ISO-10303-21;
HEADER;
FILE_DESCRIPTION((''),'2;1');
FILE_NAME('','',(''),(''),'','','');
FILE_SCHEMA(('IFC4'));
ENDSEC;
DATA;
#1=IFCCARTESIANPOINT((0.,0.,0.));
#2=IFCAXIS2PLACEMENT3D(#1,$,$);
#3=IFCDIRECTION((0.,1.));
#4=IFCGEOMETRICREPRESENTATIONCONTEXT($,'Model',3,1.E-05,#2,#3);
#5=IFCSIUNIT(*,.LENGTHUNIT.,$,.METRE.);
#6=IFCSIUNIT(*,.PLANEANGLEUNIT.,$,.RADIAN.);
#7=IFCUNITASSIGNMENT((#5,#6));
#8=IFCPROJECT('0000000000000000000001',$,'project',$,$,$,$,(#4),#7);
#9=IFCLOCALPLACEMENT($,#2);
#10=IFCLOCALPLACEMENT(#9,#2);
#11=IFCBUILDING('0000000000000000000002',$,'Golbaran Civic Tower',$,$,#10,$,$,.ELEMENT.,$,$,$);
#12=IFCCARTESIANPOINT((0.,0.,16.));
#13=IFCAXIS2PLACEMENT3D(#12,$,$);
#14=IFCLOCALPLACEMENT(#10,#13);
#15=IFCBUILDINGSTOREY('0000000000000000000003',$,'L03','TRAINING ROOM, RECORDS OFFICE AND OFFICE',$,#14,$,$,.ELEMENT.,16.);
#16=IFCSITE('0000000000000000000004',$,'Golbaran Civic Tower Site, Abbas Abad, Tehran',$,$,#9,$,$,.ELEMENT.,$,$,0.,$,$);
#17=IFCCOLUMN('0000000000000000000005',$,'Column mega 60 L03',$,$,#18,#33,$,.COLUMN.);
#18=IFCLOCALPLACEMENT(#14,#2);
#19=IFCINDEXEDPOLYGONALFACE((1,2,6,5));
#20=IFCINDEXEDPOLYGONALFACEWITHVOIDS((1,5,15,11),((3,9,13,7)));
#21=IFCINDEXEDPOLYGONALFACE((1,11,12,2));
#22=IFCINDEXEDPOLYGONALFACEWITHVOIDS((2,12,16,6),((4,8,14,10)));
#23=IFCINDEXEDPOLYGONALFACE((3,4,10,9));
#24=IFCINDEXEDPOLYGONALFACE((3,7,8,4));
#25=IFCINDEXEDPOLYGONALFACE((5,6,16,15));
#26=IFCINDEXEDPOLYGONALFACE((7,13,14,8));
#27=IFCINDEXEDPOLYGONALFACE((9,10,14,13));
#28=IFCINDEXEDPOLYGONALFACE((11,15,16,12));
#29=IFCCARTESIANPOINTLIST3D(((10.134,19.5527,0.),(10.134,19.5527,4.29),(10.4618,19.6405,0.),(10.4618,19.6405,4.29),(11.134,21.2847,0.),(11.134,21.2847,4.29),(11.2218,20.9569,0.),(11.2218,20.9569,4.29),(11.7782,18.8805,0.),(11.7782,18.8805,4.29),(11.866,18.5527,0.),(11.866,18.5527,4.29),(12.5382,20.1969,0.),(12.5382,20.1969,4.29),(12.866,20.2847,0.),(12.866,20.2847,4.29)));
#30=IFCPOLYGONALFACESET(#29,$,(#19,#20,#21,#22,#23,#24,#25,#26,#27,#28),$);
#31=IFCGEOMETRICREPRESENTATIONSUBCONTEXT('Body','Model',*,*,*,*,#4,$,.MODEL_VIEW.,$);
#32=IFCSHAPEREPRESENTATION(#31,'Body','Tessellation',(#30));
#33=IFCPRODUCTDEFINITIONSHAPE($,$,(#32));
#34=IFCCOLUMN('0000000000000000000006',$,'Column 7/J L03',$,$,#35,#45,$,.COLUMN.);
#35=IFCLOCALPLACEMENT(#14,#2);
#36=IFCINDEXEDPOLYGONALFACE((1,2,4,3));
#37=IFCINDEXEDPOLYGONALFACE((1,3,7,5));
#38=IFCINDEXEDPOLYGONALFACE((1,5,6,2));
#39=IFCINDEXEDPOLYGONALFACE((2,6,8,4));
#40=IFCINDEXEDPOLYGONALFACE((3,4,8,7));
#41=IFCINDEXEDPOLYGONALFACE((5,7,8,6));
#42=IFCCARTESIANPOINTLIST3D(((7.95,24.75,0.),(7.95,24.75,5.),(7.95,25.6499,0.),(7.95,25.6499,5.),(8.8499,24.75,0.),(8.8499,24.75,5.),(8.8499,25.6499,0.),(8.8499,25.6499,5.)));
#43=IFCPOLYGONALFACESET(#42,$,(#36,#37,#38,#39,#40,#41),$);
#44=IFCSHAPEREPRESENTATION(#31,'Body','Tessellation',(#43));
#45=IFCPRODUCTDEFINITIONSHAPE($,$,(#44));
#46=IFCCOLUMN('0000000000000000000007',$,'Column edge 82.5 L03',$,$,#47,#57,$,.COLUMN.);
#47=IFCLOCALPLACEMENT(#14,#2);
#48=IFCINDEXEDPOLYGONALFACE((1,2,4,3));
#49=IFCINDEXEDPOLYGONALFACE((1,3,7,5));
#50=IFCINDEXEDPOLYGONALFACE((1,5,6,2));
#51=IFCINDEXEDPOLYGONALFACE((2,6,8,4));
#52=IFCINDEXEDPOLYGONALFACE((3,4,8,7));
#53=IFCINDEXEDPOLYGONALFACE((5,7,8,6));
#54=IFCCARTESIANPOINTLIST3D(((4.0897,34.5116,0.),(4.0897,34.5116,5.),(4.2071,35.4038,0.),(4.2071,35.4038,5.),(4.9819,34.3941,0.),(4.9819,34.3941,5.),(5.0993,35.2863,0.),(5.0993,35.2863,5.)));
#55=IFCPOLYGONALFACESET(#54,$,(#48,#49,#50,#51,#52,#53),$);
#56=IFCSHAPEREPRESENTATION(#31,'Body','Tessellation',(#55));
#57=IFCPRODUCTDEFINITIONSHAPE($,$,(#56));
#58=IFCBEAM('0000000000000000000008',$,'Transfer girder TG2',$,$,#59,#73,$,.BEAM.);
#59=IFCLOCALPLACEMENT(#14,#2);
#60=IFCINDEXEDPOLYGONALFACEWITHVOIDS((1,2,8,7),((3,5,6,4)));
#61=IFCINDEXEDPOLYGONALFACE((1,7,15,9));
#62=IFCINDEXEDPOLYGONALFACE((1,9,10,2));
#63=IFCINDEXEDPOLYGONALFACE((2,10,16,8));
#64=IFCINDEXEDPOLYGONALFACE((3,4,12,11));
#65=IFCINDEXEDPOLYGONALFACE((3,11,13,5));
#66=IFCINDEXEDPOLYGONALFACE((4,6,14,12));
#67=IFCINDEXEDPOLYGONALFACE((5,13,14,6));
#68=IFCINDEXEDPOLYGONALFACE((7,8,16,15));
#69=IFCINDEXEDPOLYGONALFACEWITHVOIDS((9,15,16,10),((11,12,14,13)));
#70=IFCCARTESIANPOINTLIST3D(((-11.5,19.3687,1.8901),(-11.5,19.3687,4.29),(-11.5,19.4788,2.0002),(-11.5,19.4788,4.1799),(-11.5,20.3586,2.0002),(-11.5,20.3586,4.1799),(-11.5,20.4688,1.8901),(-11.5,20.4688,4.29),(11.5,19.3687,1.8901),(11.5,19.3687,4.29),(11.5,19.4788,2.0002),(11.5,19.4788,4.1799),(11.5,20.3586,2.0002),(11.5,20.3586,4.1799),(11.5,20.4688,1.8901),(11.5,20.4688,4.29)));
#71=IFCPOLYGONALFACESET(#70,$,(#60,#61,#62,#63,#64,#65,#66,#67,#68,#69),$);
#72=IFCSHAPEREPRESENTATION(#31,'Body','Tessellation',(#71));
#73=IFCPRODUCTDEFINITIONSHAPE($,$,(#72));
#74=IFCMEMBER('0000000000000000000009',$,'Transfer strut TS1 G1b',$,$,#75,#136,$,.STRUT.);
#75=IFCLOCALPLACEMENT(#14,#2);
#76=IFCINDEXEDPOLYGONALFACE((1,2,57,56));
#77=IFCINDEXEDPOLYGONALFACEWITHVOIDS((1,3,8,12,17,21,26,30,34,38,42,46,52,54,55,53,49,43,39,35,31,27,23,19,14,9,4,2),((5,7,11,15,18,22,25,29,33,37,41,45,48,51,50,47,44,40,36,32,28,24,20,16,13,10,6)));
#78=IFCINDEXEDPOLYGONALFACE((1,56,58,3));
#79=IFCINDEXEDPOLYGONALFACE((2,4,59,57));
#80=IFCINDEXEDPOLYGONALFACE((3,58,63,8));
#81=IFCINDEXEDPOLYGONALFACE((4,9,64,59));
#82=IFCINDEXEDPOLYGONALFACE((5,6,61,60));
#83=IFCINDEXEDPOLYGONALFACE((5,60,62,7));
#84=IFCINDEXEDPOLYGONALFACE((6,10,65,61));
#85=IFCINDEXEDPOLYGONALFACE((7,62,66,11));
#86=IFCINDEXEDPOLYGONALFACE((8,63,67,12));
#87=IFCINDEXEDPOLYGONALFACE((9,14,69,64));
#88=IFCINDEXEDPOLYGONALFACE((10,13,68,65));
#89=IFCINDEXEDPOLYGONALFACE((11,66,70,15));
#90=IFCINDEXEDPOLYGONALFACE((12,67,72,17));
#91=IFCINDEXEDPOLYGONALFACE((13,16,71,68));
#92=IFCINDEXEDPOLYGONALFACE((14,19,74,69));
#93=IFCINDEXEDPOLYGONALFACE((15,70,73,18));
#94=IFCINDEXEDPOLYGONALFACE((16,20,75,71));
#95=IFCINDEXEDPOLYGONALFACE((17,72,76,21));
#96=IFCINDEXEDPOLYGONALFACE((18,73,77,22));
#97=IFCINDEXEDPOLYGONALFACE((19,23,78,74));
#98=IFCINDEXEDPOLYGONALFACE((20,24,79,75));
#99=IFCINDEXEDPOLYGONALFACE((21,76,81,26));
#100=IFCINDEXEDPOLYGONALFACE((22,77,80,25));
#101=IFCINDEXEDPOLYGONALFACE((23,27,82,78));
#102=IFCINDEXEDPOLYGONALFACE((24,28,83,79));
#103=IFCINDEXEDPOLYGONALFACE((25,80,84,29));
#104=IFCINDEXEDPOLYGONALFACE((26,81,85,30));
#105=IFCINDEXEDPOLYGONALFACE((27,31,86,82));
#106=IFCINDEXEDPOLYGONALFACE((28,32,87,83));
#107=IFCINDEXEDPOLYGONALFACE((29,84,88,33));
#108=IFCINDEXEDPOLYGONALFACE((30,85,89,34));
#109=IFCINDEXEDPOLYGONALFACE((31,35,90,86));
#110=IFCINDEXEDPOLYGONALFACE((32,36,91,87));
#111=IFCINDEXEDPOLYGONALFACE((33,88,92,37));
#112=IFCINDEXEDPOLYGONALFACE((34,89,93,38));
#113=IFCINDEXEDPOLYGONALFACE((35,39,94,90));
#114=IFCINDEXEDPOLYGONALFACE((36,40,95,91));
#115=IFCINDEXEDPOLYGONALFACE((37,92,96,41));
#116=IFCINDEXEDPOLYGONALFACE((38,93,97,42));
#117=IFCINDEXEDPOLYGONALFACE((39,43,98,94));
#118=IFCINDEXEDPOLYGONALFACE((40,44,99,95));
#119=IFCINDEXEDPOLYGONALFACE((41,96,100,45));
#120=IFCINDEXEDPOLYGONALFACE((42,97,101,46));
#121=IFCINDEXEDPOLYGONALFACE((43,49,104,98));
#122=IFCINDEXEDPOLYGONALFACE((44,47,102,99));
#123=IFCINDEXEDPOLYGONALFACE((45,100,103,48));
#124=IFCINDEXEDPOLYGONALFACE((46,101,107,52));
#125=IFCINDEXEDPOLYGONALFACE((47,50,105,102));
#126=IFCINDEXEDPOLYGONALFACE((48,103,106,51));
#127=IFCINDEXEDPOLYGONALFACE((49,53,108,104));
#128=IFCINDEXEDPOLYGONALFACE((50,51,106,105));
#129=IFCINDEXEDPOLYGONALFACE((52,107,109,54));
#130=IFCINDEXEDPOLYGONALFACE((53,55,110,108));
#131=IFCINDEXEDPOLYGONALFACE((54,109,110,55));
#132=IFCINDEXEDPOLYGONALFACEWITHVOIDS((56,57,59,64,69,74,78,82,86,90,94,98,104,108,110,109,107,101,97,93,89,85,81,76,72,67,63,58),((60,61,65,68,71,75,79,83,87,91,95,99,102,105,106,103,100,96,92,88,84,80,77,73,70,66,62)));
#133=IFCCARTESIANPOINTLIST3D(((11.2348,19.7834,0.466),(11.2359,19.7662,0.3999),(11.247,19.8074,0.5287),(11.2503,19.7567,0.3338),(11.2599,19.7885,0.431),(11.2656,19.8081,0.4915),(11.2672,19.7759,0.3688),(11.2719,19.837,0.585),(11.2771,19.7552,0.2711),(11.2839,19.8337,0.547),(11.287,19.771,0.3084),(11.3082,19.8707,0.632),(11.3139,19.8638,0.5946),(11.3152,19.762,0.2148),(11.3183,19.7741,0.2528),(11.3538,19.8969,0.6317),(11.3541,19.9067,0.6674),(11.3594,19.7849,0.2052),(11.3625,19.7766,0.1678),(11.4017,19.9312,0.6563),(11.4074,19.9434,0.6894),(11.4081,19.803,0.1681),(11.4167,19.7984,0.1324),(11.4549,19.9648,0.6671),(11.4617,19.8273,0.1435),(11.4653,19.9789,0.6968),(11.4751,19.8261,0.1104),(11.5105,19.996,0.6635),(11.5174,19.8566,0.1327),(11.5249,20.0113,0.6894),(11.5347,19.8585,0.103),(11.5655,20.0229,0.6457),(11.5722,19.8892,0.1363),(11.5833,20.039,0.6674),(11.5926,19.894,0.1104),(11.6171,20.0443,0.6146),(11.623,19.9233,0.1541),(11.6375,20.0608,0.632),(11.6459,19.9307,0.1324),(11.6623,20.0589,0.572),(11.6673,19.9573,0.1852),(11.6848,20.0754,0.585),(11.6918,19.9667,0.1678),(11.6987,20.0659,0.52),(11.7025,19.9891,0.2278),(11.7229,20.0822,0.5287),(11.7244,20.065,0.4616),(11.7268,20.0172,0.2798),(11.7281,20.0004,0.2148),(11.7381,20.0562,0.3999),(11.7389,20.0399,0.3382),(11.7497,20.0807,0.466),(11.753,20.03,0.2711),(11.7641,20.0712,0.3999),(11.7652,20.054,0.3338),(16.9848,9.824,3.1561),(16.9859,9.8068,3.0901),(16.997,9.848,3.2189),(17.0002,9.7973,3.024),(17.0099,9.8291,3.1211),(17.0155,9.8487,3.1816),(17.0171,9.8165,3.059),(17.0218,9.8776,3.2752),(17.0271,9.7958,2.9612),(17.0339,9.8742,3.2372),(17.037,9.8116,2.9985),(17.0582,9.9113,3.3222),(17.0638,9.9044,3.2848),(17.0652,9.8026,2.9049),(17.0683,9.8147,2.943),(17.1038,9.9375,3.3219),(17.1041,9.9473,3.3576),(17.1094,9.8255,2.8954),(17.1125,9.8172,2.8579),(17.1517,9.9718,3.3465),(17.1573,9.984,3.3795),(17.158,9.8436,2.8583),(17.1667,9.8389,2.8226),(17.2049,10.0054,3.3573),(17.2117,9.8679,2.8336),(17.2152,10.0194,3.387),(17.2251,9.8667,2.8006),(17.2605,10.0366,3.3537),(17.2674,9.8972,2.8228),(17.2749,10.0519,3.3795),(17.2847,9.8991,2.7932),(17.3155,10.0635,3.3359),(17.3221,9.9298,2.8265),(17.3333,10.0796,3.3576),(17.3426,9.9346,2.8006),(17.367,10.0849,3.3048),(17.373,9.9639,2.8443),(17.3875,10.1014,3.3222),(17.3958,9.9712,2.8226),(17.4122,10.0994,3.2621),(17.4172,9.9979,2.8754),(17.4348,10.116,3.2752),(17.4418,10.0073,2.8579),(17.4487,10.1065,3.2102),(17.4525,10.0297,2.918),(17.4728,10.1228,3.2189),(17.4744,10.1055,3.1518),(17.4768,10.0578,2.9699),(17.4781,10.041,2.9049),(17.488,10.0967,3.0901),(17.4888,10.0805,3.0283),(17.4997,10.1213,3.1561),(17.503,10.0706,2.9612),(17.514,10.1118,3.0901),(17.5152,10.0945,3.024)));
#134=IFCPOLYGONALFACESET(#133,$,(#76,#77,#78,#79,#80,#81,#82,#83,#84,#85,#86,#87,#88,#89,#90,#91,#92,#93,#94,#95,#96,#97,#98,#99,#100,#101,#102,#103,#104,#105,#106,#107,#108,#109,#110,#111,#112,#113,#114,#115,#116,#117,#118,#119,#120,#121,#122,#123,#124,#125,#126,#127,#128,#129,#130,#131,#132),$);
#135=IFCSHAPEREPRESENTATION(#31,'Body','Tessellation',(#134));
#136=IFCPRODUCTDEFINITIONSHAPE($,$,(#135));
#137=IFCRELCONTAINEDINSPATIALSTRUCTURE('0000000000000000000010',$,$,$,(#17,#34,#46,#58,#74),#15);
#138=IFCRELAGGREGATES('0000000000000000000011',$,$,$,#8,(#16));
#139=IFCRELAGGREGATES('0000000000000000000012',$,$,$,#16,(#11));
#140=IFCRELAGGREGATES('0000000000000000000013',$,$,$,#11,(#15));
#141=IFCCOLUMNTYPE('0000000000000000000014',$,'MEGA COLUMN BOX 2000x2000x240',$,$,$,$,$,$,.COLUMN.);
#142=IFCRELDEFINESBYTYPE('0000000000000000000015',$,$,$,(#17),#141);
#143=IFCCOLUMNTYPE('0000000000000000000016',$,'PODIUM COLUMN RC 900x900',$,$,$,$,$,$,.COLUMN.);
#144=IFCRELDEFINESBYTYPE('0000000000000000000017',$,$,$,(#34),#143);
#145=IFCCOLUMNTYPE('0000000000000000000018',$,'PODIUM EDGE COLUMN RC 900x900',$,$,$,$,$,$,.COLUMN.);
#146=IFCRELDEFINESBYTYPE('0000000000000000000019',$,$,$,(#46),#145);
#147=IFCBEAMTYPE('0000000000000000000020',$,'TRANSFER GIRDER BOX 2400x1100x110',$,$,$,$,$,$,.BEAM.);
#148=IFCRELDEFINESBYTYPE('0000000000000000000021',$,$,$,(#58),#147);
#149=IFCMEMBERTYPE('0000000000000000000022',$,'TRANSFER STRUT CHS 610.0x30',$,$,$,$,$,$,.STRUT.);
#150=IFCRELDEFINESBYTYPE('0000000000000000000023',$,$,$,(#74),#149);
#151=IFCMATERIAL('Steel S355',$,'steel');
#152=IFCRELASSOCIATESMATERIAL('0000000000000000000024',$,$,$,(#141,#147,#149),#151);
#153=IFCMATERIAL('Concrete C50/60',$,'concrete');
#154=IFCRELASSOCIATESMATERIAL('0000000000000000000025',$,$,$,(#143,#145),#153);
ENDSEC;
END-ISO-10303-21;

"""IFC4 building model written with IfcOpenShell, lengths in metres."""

from ifc_helpers import new_model, si_unit, direction, frame, origin, origin_2d, place, context, subcontext, project, spatial, rectangle, hollow_rectangle, hollow_circle, extrude, material, material_profile, profile_set, type_object, element, save


model = new_model("IFC4")

# Units and contexts
model_context = context("Model", 3, precision=1e-05, world=origin(), true_north=direction((0.0, 1.0)))
body_context = subcontext(model_context, "Body", "Model", "MODEL_VIEW")
ifc_project = project(units=[si_unit("LENGTHUNIT", "METRE"), si_unit("PLANEANGLEUNIT", "RADIAN")], contexts=[model_context])

# Site, building, storey
site_placement = place(None, origin())
site = spatial("IfcSite", under=ifc_project, at=site_placement, Name="Golbaran Civic Tower Site, Abbas Abad, Tehran", CompositionType="ELEMENT", RefElevation=0.0)
building_placement = place(site_placement, origin())
building = spatial("IfcBuilding", under=site, at=building_placement, Name="Golbaran Civic Tower", CompositionType="ELEMENT")
storey_placement = place(building_placement, frame((0.0, 0.0, 16.0)))
storey = spatial("IfcBuildingStorey", under=building, at=storey_placement, Name="L03", Description="TRAINING ROOM, RECORDS OFFICE AND OFFICE", CompositionType="ELEMENT", Elevation=16.0)

# Columns
ifc_material_1 = material(Name="Steel S355", Category="steel")
ifc_material_profile_1 = material_profile(ifc_material_1, hollow_rectangle(XDim=2.0, YDim=2.0, WallThickness=0.24, at=origin_2d()), Name="BOX 2000x2000x240")
ifc_profile_set_1 = profile_set([ifc_material_profile_1], Name="Steel S355")
column_type_1 = type_object("IfcColumnType", Name="MEGA COLUMN BOX 2000x2000x240", PredefinedType="COLUMN", material=ifc_profile_set_1)
column_1_placement = place(storey_placement, frame((11.5, 19.9187, 0.0), z_axis=(0.0, 0.0, 1.0), x_axis=(0.5, 0.866025, 0.0)))
element("IfcColumn", 1, at=column_1_placement, inside=storey, type_object=column_type_1, Name="Column mega 60 L03", PredefinedType="COLUMN", context=body_context, shape_type="SweptSolid", body=[
    extrude(hollow_rectangle(XDim=2.0, YDim=2.0, WallThickness=0.24, at=origin_2d()), origin(), (0.0, 0.0, 1.0), 4.29),
])
ifc_material_2 = material(Name="Concrete C50/60", Category="concrete")
ifc_material_profile_2 = material_profile(ifc_material_2, rectangle(XDim=0.8999, YDim=0.8999, at=origin_2d()), Name="RC 900x900")
ifc_profile_set_2 = profile_set([ifc_material_profile_2], Name="Concrete C50/60")
column_type_2 = type_object("IfcColumnType", Name="PODIUM COLUMN RC 900x900", PredefinedType="COLUMN", material=ifc_profile_set_2)
column_2_placement = place(storey_placement, frame((8.3999, 25.2, 0.0), z_axis=(0.0, 0.0, 1.0), x_axis=(1.0, 0.0, 0.0)))
element("IfcColumn", 2, at=column_2_placement, inside=storey, type_object=column_type_2, Name="Column 7/J L03", PredefinedType="COLUMN", context=body_context, shape_type="SweptSolid", body=[
    extrude(rectangle(XDim=0.8999, YDim=0.8999, at=origin_2d()), origin(), (0.0, 0.0, 1.0), 5.0),
])
ifc_material_profile_3 = material_profile(ifc_material_2, rectangle(XDim=0.8999, YDim=0.8999, at=origin_2d()), Name="RC 900x900")
ifc_profile_set_3 = profile_set([ifc_material_profile_3], Name="Concrete C50/60")
column_type_3 = type_object("IfcColumnType", Name="PODIUM EDGE COLUMN RC 900x900", PredefinedType="COLUMN", material=ifc_profile_set_3)
column_3_placement = place(storey_placement, frame((4.5945, 34.8989, 0.0), z_axis=(0.0, 0.0, 1.0), x_axis=(0.130526, 0.991445, 0.0)))
element("IfcColumn", 3, at=column_3_placement, inside=storey, type_object=column_type_3, Name="Column edge 82.5 L03", PredefinedType="COLUMN", context=body_context, shape_type="SweptSolid", body=[
    extrude(rectangle(XDim=0.8999, YDim=0.8999, at=origin_2d()), origin(), (0.0, 0.0, 1.0), 5.0),
])

# Beam
ifc_material_profile_4 = material_profile(ifc_material_1, hollow_rectangle(XDim=1.1001, YDim=2.3999, WallThickness=0.1101, at=origin_2d()), Name="BOX 2400x1100x110")
ifc_profile_set_4 = profile_set([ifc_material_profile_4], Name="Steel S355")
beam_type = type_object("IfcBeamType", Name="TRANSFER GIRDER BOX 2400x1100x110", PredefinedType="BEAM", material=ifc_profile_set_4)
beam_placement = place(storey_placement, frame((11.5, 19.9187, 3.0901), z_axis=(-1.0, 0.0, 0.0), x_axis=(0.0, -1.0, 0.0)))
element("IfcBeam", 4, at=beam_placement, inside=storey, type_object=beam_type, Name="Transfer girder TG2", PredefinedType="BEAM", context=body_context, shape_type="SweptSolid", body=[
    extrude(hollow_rectangle(XDim=1.1001, YDim=2.3999, WallThickness=0.1101, at=origin_2d()), origin(), (0.0, 0.0, 1.0), 23.0),
])

# Member
ifc_material_profile_5 = material_profile(ifc_material_1, hollow_circle(Radius=0.3049, WallThickness=0.03, at=origin_2d()), Name="CHS 610.0x30")
ifc_profile_set_5 = profile_set([ifc_material_profile_5], Name="Steel S355")
member_type = type_object("IfcMemberType", Name="TRANSFER STRUT CHS 610.0x30", PredefinedType="STRUT", material=ifc_profile_set_5)
for number, where, z_axis, x_axis, name in (
    (5, (11.5, 19.9187, 0.3999), (0.48685, -0.843264, 0.227777), (0.866029, 0.499993, 0.0), "Transfer strut TS1 G1b"),
):
    element("IfcMember", number, at=place(storey_placement, frame(where, z_axis=z_axis, x_axis=x_axis)), inside=storey, type_object=member_type, Name=name, PredefinedType="STRUT", context=body_context, shape_type="SweptSolid", body=[
        extrude(hollow_circle(Radius=0.3049, WallThickness=0.03, at=origin_2d()), origin(), (0.0, 0.0, 1.0), 11.8105),
    ])

save(model, "model.ifc")
